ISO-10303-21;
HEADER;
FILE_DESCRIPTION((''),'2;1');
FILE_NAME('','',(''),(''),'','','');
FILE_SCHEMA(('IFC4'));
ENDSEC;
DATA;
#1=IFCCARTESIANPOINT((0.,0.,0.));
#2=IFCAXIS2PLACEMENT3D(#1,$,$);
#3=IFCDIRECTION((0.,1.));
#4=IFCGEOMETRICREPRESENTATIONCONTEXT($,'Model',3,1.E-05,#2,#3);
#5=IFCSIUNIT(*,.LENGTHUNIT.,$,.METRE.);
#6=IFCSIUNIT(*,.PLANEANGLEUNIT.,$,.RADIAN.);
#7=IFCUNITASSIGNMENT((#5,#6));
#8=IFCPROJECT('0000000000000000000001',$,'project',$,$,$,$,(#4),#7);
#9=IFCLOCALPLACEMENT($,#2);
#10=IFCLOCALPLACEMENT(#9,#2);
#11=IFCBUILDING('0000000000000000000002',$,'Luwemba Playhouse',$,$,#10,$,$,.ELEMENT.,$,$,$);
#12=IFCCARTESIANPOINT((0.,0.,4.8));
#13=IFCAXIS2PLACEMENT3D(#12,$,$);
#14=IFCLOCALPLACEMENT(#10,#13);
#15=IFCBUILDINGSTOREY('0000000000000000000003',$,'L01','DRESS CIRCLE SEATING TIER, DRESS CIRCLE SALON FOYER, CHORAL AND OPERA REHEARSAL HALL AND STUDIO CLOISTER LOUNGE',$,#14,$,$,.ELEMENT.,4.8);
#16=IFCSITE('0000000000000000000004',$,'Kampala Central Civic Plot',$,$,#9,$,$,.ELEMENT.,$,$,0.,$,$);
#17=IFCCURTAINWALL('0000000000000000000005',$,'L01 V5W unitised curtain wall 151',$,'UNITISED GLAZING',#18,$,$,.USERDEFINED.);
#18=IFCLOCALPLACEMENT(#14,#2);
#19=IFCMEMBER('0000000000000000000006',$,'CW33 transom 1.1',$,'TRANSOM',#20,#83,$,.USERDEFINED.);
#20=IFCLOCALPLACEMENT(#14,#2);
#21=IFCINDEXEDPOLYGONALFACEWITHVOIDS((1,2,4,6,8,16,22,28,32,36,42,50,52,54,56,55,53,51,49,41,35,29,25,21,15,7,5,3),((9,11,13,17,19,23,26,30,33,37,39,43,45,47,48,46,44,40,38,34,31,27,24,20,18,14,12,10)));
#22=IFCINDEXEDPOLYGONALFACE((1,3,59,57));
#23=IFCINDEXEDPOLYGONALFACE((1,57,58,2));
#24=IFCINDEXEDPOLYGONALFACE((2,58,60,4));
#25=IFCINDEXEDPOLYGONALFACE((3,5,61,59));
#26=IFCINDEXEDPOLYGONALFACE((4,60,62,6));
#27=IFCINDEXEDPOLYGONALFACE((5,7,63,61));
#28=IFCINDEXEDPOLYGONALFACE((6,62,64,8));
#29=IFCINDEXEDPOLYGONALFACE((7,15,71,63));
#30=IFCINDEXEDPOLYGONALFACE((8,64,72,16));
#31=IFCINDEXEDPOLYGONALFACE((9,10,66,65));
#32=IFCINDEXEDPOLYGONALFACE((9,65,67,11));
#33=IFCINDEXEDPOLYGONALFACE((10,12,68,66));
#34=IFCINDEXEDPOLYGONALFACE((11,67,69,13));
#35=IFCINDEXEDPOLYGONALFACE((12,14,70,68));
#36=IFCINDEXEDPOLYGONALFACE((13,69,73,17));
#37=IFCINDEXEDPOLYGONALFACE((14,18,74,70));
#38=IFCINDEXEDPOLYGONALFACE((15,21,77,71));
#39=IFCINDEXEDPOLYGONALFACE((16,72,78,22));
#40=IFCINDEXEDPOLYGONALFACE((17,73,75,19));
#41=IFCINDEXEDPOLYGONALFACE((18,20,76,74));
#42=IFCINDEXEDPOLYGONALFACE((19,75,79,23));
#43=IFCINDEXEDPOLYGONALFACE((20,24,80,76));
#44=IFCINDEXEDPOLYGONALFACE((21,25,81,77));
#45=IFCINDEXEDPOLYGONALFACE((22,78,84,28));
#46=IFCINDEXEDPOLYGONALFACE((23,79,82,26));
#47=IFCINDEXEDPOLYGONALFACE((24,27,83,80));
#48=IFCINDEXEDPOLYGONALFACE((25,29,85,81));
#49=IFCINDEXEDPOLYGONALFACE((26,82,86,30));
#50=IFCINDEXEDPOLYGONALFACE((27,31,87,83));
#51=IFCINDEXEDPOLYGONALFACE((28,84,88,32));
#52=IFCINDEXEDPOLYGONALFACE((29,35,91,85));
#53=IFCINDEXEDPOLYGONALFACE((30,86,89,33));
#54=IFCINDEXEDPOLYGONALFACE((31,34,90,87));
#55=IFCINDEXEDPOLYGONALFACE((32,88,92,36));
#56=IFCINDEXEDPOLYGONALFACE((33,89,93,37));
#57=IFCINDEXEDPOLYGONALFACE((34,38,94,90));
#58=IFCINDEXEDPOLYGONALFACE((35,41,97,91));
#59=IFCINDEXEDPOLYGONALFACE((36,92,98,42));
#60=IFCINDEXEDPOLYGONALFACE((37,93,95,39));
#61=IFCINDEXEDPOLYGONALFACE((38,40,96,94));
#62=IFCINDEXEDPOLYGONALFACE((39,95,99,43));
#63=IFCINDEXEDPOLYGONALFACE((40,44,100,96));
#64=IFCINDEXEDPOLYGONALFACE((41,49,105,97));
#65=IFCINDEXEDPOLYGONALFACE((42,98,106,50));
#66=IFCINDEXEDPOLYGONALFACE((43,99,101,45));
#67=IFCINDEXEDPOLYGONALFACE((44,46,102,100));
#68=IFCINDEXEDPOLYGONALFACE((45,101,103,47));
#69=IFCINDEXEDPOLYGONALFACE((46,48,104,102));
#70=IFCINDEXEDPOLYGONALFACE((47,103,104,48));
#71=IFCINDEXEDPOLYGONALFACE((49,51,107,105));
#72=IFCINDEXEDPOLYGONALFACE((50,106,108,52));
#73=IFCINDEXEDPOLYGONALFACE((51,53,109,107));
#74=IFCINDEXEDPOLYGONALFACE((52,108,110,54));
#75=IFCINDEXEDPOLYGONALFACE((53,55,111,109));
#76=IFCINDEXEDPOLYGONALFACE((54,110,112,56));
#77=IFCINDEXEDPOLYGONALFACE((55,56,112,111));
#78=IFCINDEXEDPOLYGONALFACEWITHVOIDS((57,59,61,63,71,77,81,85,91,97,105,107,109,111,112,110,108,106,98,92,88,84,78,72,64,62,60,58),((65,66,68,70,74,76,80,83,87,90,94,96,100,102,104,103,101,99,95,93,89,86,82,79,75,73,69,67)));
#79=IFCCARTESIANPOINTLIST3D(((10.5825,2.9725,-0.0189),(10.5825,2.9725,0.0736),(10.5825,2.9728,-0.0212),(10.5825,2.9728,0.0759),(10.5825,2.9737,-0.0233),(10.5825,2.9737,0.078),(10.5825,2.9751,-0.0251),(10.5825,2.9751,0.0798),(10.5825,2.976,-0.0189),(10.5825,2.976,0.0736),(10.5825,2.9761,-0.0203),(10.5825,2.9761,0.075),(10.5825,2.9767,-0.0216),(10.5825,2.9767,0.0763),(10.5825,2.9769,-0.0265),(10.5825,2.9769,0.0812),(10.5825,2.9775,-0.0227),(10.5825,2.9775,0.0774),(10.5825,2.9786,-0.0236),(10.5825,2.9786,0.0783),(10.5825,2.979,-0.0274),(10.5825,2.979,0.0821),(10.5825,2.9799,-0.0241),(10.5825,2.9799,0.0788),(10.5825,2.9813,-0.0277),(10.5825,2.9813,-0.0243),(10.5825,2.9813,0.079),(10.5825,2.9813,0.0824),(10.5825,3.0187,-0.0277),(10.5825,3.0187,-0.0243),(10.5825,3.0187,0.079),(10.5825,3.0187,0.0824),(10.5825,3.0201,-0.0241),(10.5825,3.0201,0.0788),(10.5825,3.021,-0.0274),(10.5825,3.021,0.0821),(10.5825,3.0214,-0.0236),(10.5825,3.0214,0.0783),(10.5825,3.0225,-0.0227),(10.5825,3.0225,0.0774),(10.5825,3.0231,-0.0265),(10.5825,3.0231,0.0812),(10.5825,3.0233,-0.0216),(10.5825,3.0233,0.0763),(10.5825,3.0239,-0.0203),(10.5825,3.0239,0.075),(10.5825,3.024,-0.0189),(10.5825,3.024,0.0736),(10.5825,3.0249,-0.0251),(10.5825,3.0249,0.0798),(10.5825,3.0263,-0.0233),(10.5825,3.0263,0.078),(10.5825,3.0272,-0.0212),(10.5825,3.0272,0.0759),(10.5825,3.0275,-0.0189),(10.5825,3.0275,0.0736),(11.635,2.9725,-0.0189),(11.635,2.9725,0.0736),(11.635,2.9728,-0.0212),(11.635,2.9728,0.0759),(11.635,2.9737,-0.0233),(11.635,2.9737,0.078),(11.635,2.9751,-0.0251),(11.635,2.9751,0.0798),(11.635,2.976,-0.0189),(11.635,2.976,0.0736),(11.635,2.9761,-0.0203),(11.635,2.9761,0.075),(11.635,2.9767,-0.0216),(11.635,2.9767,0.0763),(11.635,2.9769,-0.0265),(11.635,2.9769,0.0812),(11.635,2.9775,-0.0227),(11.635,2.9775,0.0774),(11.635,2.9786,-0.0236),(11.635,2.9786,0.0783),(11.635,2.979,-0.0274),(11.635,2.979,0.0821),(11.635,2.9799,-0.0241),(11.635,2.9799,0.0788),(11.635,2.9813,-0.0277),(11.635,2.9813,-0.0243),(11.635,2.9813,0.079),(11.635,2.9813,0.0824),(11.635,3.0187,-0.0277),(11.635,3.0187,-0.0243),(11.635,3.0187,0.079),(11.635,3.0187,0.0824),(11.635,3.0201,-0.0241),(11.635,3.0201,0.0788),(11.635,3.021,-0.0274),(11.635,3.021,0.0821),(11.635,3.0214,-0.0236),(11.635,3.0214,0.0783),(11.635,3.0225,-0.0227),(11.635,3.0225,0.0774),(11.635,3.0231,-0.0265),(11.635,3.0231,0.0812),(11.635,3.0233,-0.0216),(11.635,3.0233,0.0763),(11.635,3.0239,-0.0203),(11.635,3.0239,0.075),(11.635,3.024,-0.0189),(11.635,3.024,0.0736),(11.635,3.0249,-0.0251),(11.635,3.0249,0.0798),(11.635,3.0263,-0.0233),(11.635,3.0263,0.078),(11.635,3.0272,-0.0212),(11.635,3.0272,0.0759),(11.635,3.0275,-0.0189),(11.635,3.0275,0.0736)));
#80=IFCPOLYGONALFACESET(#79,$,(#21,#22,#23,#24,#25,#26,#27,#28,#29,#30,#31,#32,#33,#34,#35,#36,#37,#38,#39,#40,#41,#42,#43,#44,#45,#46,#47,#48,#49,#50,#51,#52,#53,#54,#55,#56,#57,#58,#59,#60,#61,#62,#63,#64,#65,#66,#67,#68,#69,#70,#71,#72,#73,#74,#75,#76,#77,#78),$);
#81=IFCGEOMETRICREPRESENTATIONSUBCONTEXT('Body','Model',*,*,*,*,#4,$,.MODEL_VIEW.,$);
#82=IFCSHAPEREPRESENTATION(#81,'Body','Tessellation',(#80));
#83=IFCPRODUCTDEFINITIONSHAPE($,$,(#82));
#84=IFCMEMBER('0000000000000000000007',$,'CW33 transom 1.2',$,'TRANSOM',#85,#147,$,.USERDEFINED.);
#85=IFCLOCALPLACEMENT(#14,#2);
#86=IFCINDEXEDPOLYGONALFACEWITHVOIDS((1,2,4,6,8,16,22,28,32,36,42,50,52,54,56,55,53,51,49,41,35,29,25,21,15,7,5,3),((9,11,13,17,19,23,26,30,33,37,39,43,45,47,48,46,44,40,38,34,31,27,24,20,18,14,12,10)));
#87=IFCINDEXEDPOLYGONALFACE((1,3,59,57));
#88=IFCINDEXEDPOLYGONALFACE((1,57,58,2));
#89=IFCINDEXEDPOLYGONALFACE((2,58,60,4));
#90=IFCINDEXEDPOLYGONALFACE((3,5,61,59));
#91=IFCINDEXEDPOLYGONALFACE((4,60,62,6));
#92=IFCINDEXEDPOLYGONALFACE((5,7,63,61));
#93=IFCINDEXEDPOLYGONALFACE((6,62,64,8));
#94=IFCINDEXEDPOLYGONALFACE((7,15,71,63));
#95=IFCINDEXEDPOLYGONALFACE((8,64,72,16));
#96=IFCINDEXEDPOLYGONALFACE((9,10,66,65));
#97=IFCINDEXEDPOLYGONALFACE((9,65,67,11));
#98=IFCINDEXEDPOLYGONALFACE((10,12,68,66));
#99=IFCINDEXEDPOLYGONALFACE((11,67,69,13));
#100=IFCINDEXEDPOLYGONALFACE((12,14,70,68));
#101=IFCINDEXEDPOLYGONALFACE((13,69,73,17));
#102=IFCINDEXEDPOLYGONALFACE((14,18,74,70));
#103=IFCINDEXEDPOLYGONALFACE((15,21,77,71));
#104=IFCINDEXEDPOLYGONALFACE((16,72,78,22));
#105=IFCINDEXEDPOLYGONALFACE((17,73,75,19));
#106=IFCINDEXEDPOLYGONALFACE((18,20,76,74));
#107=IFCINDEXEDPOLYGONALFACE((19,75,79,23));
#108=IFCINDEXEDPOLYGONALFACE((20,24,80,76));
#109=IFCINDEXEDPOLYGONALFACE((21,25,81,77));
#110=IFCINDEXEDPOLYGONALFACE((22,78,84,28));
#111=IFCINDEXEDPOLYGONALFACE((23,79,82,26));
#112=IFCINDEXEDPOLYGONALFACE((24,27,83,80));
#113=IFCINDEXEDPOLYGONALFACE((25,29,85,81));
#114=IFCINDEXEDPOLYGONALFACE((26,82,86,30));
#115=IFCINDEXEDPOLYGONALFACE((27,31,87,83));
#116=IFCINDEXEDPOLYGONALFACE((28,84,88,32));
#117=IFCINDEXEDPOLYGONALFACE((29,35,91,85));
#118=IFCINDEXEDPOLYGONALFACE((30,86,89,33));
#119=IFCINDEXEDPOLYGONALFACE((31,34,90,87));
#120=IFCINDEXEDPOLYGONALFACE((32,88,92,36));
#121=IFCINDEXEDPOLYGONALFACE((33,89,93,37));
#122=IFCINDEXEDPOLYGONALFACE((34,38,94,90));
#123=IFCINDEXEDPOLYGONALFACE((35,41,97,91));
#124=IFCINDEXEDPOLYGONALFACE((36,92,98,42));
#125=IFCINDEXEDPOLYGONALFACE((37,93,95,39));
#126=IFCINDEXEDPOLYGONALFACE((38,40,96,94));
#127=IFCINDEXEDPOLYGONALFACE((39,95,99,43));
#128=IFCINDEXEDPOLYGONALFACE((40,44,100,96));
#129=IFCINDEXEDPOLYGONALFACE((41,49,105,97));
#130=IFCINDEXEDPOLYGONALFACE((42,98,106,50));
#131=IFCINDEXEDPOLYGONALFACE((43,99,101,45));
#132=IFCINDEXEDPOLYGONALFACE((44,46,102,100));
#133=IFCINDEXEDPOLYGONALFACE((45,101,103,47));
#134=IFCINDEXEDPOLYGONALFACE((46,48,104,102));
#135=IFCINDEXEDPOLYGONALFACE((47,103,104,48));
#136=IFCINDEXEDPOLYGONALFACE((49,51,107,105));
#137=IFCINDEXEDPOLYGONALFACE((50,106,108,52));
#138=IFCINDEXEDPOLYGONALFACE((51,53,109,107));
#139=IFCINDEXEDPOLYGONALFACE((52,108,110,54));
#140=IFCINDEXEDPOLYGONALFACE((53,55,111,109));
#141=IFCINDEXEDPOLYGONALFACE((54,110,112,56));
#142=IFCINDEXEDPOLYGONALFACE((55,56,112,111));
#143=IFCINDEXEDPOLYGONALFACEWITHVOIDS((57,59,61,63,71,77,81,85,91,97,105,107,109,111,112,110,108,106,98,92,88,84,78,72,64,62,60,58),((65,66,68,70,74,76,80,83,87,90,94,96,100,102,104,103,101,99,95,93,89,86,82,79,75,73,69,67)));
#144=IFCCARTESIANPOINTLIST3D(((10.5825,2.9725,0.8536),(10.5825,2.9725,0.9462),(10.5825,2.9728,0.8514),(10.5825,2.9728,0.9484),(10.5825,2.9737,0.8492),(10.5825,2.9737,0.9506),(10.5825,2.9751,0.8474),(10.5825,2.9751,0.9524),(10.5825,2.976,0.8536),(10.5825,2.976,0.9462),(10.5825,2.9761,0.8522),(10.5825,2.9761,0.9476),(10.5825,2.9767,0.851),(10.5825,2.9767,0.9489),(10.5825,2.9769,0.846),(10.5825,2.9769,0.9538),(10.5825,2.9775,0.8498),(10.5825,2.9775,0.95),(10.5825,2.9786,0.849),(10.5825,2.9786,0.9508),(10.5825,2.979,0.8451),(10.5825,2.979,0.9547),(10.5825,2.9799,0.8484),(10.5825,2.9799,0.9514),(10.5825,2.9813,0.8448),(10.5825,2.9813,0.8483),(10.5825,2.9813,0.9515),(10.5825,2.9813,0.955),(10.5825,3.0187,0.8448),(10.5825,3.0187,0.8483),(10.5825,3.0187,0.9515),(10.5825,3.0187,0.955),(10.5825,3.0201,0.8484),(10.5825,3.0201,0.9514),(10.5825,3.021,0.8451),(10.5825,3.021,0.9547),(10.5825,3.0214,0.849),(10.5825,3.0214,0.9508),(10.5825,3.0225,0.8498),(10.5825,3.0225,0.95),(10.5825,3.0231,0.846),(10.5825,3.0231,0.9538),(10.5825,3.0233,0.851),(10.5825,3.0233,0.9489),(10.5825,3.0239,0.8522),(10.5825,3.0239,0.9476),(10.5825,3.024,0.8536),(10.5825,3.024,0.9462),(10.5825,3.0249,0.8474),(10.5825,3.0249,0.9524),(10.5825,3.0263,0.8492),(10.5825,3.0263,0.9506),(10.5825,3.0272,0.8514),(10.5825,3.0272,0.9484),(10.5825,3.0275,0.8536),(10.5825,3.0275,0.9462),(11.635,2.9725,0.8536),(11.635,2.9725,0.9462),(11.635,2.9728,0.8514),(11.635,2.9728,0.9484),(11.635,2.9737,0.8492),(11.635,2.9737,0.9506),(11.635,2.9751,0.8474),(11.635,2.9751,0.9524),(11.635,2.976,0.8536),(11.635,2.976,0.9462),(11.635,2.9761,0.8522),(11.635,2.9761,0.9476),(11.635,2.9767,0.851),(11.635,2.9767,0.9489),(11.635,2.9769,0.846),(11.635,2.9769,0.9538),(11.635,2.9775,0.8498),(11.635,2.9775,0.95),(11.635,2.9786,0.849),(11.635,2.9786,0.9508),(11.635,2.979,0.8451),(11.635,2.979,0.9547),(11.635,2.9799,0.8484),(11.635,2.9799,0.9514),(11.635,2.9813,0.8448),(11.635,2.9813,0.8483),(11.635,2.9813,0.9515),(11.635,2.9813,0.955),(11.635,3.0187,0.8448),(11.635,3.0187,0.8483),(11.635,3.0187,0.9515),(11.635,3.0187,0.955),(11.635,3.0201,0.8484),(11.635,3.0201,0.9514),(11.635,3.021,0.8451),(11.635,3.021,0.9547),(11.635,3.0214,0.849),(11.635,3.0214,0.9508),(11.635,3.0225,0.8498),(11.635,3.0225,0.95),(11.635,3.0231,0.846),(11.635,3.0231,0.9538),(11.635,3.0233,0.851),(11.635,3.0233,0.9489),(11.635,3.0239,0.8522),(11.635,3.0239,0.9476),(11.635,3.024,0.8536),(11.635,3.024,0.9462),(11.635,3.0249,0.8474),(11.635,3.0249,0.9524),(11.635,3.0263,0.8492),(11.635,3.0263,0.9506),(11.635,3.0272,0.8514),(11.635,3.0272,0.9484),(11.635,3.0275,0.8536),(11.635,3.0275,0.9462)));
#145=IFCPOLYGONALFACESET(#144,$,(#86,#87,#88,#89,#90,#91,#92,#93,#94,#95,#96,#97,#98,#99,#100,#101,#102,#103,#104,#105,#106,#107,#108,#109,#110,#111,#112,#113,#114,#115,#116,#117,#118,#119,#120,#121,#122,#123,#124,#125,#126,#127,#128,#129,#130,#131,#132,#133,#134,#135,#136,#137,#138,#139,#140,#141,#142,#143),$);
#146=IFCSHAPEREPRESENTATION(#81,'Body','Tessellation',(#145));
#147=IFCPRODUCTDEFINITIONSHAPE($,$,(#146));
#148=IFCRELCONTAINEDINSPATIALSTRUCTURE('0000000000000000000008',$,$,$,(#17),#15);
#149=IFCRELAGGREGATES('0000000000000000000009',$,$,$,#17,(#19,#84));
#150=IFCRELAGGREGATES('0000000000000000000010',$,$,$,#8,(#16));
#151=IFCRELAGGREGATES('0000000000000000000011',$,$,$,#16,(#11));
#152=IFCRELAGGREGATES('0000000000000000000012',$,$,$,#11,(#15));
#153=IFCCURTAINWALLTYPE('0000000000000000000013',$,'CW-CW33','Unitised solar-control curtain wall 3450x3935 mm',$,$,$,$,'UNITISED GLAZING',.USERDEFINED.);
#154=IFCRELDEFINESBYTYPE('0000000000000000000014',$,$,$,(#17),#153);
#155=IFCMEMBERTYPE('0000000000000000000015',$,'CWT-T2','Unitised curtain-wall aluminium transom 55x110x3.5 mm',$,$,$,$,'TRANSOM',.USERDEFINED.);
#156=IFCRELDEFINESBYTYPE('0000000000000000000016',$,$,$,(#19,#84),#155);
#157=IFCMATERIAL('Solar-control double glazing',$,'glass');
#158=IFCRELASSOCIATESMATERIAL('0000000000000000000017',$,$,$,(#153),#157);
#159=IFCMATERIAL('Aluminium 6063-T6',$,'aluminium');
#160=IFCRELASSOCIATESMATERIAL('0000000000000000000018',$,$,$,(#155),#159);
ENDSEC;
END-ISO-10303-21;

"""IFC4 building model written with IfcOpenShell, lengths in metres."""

from ifc_helpers import new_model, si_unit, direction, frame, origin, origin_2d, place, context, subcontext, project, spatial, hollow_rectangle, extrude, material, material_profile, profile_set, type_object, element, aggregate, save


model = new_model("IFC4")

# Units and contexts
model_context = context("Model", 3, precision=1e-05, world=origin(), true_north=direction((0.0, 1.0)))
body_context = subcontext(model_context, "Body", "Model", "MODEL_VIEW")
ifc_project = project(units=[si_unit("LENGTHUNIT", "METRE"), si_unit("PLANEANGLEUNIT", "RADIAN")], contexts=[model_context])

# Site, building, storey
site_placement = place(None, origin())
site = spatial("IfcSite", under=ifc_project, at=site_placement, Name="Kampala Central Civic Plot", CompositionType="ELEMENT", RefElevation=0.0)
building_placement = place(site_placement, origin())
building = spatial("IfcBuilding", under=site, at=building_placement, Name="Luwemba Playhouse", CompositionType="ELEMENT")
storey_placement = place(building_placement, frame((0.0, 0.0, 4.8)))
storey = spatial("IfcBuildingStorey", under=building, at=storey_placement, Name="L01", Description="DRESS CIRCLE SEATING TIER, DRESS CIRCLE SALON FOYER, CHORAL AND OPERA REHEARSAL HALL AND STUDIO CLOISTER LOUNGE", CompositionType="ELEMENT", Elevation=4.8)

# Shared definitions
ifc_material_1 = material(Name="Solar-control double glazing", Category="glass")
ifc_material_2 = material(Name="Aluminium 6063-T6", Category="aluminium")

# Curtain wall
curtain_wall_type_1 = type_object("IfcCurtainWallType", Name="CW-CW33", Description="Unitised solar-control curtain wall 3450x3935 mm", ElementType="UNITISED GLAZING", PredefinedType="USERDEFINED", material=ifc_material_1)
curtain_wall_1_placement = place(storey_placement, origin())
curtain_wall_1 = element("IfcCurtainWall", 1, at=curtain_wall_1_placement, inside=storey, type_object=curtain_wall_type_1, Name="L01 V5W unitised curtain wall 151", ObjectType="UNITISED GLAZING", PredefinedType="USERDEFINED")

# Members
ifc_material_profile_1 = material_profile(ifc_material_2, hollow_rectangle(XDim=0.0549, YDim=0.1101, WallThickness=0.0034, InnerFilletRadius=0.0054, OuterFilletRadius=0.0088, at=origin_2d()))
ifc_profile_set_1 = profile_set([ifc_material_profile_1], Name="Aluminium 6063-T6")
member_type_1 = type_object("IfcMemberType", Name="CWT-T2", Description="Unitised curtain-wall aluminium transom 55x110x3.5 mm", ElementType="TRANSOM", PredefinedType="USERDEFINED", material=ifc_profile_set_1)
member_1_placement = place(storey_placement, frame((11.635, 3.0, 0.0273), z_axis=(-1.0, 0.0, 0.0), x_axis=(0.0, -1.0, 0.0)))
member_1 = element("IfcMember", 2, at=member_1_placement, type_object=member_type_1, Name="CW33 transom 1.1", ObjectType="TRANSOM", PredefinedType="USERDEFINED", context=body_context, shape_type="SweptSolid", body=[
    extrude(hollow_rectangle(XDim=0.0549, YDim=0.1101, WallThickness=0.0034, InnerFilletRadius=0.0054, OuterFilletRadius=0.0088, at=origin_2d()), origin(), (0.0, 0.0, 1.0), 1.0525),
])
member_2_placement = place(storey_placement, frame((11.635, 3.0, 0.8999), z_axis=(-1.0, 0.0, 0.0), x_axis=(0.0, -1.0, 0.0)))
member_2 = element("IfcMember", 3, at=member_2_placement, type_object=member_type_1, Name="CW33 transom 1.2", ObjectType="TRANSOM", PredefinedType="USERDEFINED", context=body_context, shape_type="SweptSolid", body=[
    extrude(hollow_rectangle(XDim=0.0549, YDim=0.1101, WallThickness=0.0034, InnerFilletRadius=0.0054, OuterFilletRadius=0.0088, at=origin_2d()), origin(), (0.0, 0.0, 1.0), 1.0525),
])

aggregate(curtain_wall_1, [member_1, member_2])

save(model, "model.ifc")
